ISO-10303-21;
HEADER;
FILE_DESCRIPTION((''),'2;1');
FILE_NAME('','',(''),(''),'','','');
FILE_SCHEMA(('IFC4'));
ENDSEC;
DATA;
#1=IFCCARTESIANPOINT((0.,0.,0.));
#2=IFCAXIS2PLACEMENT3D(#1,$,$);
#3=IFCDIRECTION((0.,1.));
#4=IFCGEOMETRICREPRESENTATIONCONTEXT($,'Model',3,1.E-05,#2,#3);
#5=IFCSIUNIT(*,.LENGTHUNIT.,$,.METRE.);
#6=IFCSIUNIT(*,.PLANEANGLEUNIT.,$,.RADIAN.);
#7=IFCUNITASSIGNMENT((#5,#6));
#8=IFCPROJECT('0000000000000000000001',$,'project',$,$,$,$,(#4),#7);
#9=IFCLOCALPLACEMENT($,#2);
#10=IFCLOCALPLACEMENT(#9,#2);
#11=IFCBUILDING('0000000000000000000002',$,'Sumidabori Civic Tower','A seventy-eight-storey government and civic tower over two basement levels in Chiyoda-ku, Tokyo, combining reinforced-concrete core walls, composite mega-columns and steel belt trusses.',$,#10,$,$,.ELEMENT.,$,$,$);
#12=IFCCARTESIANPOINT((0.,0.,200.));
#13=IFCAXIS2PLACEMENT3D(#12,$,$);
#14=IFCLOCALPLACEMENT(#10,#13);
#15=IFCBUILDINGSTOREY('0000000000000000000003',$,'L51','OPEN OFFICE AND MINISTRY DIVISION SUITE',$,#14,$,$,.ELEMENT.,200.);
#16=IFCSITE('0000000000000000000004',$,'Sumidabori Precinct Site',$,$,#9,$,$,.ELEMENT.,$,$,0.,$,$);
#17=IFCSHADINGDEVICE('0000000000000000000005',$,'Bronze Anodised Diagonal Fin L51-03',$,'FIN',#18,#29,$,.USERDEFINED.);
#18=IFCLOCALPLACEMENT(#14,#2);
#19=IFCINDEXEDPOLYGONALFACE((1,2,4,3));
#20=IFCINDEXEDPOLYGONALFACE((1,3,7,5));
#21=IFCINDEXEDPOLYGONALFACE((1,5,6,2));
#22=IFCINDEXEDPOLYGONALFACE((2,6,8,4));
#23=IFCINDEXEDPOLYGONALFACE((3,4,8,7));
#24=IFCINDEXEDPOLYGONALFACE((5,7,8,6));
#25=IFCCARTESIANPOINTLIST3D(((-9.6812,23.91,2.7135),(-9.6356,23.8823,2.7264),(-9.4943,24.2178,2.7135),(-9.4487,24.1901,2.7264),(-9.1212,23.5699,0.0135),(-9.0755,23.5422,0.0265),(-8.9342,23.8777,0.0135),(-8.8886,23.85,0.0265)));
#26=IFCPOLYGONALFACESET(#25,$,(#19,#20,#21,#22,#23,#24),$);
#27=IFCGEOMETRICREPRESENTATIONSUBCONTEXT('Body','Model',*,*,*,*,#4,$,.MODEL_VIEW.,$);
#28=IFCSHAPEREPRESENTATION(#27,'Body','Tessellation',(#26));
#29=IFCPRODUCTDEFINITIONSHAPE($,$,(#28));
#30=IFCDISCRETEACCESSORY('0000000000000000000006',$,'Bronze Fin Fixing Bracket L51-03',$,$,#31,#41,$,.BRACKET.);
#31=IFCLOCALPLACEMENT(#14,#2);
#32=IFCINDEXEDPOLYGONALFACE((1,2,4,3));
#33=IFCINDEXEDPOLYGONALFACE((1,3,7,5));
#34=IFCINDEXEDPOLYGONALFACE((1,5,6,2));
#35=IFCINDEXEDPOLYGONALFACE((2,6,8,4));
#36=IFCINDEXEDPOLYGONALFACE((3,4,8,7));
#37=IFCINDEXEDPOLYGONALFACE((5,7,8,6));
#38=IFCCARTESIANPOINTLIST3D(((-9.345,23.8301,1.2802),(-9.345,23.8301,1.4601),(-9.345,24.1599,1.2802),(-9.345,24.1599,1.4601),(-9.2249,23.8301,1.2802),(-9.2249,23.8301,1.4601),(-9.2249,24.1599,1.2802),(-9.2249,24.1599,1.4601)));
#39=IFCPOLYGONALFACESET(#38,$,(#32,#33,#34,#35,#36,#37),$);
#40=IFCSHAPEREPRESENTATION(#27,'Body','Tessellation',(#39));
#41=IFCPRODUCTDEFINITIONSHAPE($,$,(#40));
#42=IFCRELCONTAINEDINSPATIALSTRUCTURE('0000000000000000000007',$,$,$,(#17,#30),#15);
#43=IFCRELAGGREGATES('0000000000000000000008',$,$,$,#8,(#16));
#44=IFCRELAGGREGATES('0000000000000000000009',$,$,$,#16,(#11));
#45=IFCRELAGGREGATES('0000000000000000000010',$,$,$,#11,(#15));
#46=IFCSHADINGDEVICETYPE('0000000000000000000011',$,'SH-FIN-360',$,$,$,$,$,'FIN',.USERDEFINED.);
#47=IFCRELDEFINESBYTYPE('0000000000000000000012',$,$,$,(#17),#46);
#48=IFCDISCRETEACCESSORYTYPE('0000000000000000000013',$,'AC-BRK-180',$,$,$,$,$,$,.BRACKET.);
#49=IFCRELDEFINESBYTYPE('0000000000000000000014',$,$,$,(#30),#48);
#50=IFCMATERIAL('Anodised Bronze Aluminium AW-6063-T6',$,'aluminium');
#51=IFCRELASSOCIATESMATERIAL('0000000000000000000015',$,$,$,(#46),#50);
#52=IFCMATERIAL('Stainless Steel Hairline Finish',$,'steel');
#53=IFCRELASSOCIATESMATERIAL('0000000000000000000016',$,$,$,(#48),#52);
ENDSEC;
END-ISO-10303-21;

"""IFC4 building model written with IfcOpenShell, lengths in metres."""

from ifc_helpers import new_model, si_unit, direction, frame, origin, origin_2d, place, context, subcontext, project, spatial, rectangle, extrude, source, transform, mapped, material, material_profile, profile_set, type_object, element, save


model = new_model("IFC4")

# Units and contexts
model_context = context("Model", 3, precision=1e-05, world=origin(), true_north=direction((0.0, 1.0)))
body_context = subcontext(model_context, "Body", "Model", "MODEL_VIEW")
ifc_project = project(units=[si_unit("LENGTHUNIT", "METRE"), si_unit("PLANEANGLEUNIT", "RADIAN")], contexts=[model_context])

# Site, building, storey
site_placement = place(None, origin())
site = spatial("IfcSite", under=ifc_project, at=site_placement, Name="Sumidabori Precinct Site", CompositionType="ELEMENT", RefElevation=0.0)
building_placement = place(site_placement, origin())
building = spatial("IfcBuilding", under=site, at=building_placement, Name="Sumidabori Civic Tower", Description="A seventy-eight-storey government and civic tower over two basement levels in Chiyoda-ku, Tokyo, combining reinforced-concrete core walls, composite mega-columns and steel belt trusses.", CompositionType="ELEMENT")
storey_placement = place(building_placement, frame((0.0, 0.0, 200.0)))
storey = spatial("IfcBuildingStorey", under=building, at=storey_placement, Name="L51", Description="OPEN OFFICE AND MINISTRY DIVISION SUITE", CompositionType="ELEMENT", Elevation=200.0)

# Shared definitions
ifc_material_1 = material(Name="Anodised Bronze Aluminium AW-6063-T6", Category="aluminium")

# Shared definitions
ifc_material_2 = material(Name="Stainless Steel Hairline Finish", Category="steel")

# Shading device
ifc_material_profile_1 = material_profile(ifc_material_1, rectangle(XDim=0.0549, YDim=0.3601, at=origin_2d()), Name="BRONZE FIN 360x55")
ifc_profile_set_1 = profile_set([ifc_material_profile_1], Name="Anodised Bronze Aluminium AW-6063-T6")
shading_device_type = type_object("IfcShadingDeviceType", Name="SH-FIN-360", ElementType="FIN", PredefinedType="USERDEFINED", material=ifc_profile_set_1)
shared_shape_1 = source(origin(), body_context, "Body", "SweptSolid", [
    extrude(rectangle(XDim=0.0549, YDim=0.3601, at=origin_2d()), origin(), (0.0, 0.0, 1.0), 2.7783),
])
shading_device_placement = place(storey_placement, frame((-9.0049, 23.71, 0.02), z_axis=(-0.201582, 0.122408, 0.971793), x_axis=(0.830642, -0.504396, 0.235837)))
element("IfcShadingDevice", 1, at=shading_device_placement, inside=storey, type_object=shading_device_type, Name="Bronze Anodised Diagonal Fin L51-03", ObjectType="FIN", PredefinedType="USERDEFINED", context=body_context, shape_type="MappedRepresentation", body=[
    mapped(shared_shape_1, transform((0.0, 0.0, 0.0), x_axis=(1.0, 0.0, 0.0), y_axis=(0.0, 1.0, 0.0), z_axis=(0.0, 0.0, 1.0), scale=1.0)),
])

# Discrete accessory
ifc_material_profile_2 = material_profile(ifc_material_2, rectangle(XDim=0.1201, YDim=0.1799, at=origin_2d()), Name="STEEL BRACKET 180x120")
ifc_profile_set_2 = profile_set([ifc_material_profile_2], Name="Stainless Steel Hairline Finish")
discrete_accessory_type = type_object("IfcDiscreteAccessoryType", Name="AC-BRK-180", PredefinedType="BRACKET", material=ifc_profile_set_2)
shared_shape_2 = source(origin(), body_context, "Body", "SweptSolid", [
    extrude(rectangle(XDim=0.1201, YDim=0.1799, at=origin_2d()), origin(), (0.0, 0.0, 1.0), 0.3298),
])
discrete_accessory_placement = place(storey_placement, frame((-9.2849, 23.8301, 1.3701), z_axis=(0.0, 1.0, 0.0), x_axis=(-1.0, 0.0, 0.0)))
element("IfcDiscreteAccessory", 2, at=discrete_accessory_placement, inside=storey, type_object=discrete_accessory_type, Name="Bronze Fin Fixing Bracket L51-03", PredefinedType="BRACKET", context=body_context, shape_type="MappedRepresentation", body=[
    mapped(shared_shape_2, transform((0.0, 0.0, 0.0), x_axis=(1.0, 0.0, 0.0), y_axis=(0.0, 1.0, 0.0), z_axis=(0.0, 0.0, 1.0), scale=1.0)),
])

save(model, "model.ifc")
